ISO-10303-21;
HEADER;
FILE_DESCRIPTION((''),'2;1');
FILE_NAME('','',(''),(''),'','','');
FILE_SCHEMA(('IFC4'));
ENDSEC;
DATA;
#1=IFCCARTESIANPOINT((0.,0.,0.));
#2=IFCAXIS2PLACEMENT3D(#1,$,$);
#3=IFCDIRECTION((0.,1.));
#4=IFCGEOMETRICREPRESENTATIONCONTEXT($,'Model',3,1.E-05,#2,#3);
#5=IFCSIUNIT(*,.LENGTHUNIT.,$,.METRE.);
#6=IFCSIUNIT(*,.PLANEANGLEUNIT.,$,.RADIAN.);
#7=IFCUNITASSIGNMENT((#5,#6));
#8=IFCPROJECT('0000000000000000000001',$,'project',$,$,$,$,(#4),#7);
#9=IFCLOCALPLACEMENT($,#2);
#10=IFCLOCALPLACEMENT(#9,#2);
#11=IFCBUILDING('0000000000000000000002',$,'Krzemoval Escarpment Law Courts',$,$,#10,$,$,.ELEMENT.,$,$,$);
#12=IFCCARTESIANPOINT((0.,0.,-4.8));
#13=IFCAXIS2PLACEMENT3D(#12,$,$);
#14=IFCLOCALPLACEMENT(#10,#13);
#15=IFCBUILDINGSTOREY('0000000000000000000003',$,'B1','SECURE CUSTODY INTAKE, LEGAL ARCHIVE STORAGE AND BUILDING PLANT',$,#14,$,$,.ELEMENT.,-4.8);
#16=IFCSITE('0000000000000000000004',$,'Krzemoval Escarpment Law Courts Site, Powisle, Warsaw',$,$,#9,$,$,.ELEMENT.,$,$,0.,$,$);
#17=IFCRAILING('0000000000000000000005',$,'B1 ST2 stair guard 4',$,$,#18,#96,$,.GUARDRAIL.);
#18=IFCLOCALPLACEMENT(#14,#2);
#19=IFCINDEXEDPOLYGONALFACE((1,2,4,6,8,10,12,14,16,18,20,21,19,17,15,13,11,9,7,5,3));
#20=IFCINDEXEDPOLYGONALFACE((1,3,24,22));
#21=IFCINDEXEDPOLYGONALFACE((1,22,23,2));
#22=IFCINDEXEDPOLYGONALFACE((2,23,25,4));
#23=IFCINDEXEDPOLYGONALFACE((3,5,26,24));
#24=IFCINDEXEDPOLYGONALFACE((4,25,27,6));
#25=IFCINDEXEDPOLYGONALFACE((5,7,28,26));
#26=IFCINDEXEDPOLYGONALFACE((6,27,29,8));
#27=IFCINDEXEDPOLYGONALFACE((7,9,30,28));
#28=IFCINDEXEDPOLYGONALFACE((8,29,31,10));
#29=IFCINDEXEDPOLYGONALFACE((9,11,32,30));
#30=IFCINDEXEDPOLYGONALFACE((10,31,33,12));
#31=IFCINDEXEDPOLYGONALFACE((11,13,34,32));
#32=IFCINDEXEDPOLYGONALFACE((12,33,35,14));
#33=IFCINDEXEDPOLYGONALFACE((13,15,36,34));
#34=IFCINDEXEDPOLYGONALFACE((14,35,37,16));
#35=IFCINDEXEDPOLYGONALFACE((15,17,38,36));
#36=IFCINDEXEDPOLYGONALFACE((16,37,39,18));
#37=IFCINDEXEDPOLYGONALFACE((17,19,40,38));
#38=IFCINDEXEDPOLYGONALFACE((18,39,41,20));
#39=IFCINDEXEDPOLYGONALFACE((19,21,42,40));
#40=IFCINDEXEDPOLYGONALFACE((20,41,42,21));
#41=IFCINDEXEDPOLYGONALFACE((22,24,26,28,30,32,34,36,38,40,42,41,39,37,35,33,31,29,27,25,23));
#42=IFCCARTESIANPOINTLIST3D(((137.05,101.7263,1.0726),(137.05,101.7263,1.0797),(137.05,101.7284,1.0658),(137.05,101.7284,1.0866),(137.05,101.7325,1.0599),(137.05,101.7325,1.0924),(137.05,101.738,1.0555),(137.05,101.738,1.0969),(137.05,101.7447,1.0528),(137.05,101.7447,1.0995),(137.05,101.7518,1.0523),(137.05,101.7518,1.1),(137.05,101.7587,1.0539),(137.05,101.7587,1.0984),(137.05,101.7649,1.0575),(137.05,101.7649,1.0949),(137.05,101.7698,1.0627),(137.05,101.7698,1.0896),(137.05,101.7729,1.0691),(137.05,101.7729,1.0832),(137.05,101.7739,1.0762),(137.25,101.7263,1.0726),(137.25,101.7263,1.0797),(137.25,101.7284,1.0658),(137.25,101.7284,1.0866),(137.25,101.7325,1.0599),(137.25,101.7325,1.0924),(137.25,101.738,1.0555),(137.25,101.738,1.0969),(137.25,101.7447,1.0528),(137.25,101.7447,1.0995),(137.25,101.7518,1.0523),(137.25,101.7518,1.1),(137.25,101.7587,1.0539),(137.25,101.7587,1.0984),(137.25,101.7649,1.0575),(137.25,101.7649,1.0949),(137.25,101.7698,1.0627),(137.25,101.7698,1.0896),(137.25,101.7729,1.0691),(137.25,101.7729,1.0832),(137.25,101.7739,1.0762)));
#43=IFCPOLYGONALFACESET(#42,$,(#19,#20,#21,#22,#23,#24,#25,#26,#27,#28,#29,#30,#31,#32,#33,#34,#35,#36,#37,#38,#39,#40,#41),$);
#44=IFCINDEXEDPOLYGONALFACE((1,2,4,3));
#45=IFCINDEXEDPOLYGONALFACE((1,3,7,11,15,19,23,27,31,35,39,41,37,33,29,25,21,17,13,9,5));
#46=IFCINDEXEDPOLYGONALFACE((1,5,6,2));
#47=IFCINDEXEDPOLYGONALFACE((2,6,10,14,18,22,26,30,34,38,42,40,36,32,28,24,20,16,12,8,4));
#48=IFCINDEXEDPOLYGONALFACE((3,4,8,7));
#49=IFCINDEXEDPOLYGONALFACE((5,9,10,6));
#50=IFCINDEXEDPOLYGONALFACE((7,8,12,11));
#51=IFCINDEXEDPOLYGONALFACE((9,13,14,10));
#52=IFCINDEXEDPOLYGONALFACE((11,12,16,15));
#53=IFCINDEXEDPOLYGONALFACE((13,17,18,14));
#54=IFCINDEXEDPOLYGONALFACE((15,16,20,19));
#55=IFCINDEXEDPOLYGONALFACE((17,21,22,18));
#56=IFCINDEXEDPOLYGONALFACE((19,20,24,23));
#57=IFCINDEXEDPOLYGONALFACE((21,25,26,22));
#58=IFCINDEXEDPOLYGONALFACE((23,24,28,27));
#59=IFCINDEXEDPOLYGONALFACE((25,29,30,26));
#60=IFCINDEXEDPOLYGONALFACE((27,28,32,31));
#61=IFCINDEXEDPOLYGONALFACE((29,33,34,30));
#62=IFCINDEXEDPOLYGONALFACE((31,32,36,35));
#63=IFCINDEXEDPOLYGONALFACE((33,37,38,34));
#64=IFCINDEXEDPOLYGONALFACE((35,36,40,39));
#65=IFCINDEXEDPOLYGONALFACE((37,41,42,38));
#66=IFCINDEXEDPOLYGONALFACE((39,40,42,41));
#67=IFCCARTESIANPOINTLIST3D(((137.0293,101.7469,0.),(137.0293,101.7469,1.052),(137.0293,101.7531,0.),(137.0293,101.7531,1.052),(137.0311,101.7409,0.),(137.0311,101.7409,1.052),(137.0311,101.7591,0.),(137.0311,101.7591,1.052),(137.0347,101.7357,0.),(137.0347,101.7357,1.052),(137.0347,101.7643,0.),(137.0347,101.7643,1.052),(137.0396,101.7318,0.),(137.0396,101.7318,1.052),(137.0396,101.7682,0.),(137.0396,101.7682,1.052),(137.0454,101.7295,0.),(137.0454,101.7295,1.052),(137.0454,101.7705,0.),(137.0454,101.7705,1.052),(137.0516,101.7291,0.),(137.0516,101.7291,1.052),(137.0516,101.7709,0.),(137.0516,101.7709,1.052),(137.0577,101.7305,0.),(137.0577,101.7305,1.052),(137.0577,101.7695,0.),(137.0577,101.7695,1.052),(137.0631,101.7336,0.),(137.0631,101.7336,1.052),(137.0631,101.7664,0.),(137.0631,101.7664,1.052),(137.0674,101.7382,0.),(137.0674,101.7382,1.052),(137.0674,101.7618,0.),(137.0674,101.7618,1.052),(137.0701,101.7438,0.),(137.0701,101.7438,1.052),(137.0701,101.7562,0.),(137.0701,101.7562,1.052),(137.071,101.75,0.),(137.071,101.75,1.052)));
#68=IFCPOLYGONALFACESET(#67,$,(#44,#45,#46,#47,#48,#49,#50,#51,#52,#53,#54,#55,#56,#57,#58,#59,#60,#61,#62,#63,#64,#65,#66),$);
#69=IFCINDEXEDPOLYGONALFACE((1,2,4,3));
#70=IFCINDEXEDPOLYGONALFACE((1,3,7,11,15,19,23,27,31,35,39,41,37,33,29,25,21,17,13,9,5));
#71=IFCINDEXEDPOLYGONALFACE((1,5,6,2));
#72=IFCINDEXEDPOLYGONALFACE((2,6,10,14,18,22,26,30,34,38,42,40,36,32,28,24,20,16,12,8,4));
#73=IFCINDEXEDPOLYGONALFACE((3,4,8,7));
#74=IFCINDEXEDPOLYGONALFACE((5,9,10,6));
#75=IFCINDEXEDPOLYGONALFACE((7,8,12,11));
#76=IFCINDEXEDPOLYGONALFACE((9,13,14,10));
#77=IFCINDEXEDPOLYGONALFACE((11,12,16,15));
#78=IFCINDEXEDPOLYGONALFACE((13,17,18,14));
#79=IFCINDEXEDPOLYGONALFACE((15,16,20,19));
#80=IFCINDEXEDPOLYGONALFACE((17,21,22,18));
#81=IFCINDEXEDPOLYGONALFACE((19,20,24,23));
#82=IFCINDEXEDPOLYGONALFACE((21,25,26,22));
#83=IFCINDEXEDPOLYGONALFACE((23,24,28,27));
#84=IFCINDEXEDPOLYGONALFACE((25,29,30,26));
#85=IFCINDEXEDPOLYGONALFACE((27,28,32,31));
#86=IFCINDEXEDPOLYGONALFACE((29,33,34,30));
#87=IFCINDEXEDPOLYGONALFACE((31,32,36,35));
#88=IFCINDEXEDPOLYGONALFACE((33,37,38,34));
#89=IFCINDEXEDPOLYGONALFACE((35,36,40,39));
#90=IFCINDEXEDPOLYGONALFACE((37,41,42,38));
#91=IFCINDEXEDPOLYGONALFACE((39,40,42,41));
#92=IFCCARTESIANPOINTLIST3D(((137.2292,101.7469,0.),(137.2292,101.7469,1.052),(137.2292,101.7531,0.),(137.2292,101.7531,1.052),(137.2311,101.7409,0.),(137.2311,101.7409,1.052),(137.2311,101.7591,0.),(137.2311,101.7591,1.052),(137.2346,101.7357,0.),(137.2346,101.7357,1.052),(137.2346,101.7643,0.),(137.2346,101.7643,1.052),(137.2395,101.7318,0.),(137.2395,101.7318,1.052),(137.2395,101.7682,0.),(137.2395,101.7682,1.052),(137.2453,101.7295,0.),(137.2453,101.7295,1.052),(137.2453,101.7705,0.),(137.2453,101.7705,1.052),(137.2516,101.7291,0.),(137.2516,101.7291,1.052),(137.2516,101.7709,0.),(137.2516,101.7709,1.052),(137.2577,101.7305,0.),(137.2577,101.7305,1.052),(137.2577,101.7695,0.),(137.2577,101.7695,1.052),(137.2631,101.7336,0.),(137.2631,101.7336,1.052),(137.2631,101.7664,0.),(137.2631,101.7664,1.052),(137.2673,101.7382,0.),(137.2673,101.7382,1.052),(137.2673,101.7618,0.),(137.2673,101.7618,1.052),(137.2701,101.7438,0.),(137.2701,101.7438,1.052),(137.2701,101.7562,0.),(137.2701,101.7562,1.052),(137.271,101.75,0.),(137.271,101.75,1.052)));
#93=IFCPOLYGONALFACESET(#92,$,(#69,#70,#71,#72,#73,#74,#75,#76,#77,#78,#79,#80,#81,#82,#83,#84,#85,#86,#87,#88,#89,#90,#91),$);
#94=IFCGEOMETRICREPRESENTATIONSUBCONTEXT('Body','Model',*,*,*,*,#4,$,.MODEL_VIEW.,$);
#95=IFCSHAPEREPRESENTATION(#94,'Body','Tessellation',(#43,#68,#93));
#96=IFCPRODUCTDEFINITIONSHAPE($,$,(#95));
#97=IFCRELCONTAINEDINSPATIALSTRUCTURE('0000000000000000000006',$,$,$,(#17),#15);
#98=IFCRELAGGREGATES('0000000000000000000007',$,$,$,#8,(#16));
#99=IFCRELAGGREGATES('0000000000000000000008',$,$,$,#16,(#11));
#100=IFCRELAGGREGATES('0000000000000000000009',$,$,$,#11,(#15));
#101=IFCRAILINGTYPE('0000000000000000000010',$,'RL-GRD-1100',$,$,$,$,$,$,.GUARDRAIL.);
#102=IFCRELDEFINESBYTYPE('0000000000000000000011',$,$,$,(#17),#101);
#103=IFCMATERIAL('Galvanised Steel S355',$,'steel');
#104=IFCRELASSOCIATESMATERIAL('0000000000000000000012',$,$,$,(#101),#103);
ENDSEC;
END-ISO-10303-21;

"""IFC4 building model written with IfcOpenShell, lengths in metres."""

from ifc_helpers import new_model, si_unit, direction, frame, origin, origin_2d, place, context, subcontext, project, spatial, circle, extrude, material, type_object, element, save


model = new_model("IFC4")

# Units and contexts
model_context = context("Model", 3, precision=1e-05, world=origin(), true_north=direction((0.0, 1.0)))
body_context = subcontext(model_context, "Body", "Model", "MODEL_VIEW")
ifc_project = project(units=[si_unit("LENGTHUNIT", "METRE"), si_unit("PLANEANGLEUNIT", "RADIAN")], contexts=[model_context])

# Site, building, storey
site_placement = place(None, origin())
site = spatial("IfcSite", under=ifc_project, at=site_placement, Name="Krzemoval Escarpment Law Courts Site, Powisle, Warsaw", CompositionType="ELEMENT", RefElevation=0.0)
building_placement = place(site_placement, origin())
building = spatial("IfcBuilding", under=site, at=building_placement, Name="Krzemoval Escarpment Law Courts", CompositionType="ELEMENT")
storey_placement = place(building_placement, frame((0.0, 0.0, -4.8)))
storey = spatial("IfcBuildingStorey", under=building, at=storey_placement, Name="B1", Description="SECURE CUSTODY INTAKE, LEGAL ARCHIVE STORAGE AND BUILDING PLANT", CompositionType="ELEMENT", Elevation=-4.8)

# Railing
ifc_material_1 = material(Name="Galvanised Steel S355", Category="steel")
railing_type_1 = type_object("IfcRailingType", Name="RL-GRD-1100", PredefinedType="GUARDRAIL", material=ifc_material_1)
railing_1_placement = place(storey_placement, frame((137.05, 101.75, 0.0)))
element("IfcRailing", 1, at=railing_1_placement, inside=storey, type_object=railing_type_1, Name="B1 ST2 stair guard 4", PredefinedType="GUARDRAIL", context=body_context, shape_type="SweptSolid", body=[
    extrude(circle(Radius=0.0239, at=origin_2d()), frame((0.0, 0.0, 1.0762), z_axis=(1.0, 0.0, 0.0), x_axis=(0.0, 1.0, 0.0)), (0.0, 0.0, 1.0), 0.2),
    extrude(circle(Radius=0.021, at=origin_2d()), origin(), (0.0, 0.0, 1.0), 1.052),
    extrude(circle(Radius=0.021, at=origin_2d()), frame((0.2, 0.0, 0.0)), (0.0, 0.0, 1.0), 1.052),
])

save(model, "model.ifc")
